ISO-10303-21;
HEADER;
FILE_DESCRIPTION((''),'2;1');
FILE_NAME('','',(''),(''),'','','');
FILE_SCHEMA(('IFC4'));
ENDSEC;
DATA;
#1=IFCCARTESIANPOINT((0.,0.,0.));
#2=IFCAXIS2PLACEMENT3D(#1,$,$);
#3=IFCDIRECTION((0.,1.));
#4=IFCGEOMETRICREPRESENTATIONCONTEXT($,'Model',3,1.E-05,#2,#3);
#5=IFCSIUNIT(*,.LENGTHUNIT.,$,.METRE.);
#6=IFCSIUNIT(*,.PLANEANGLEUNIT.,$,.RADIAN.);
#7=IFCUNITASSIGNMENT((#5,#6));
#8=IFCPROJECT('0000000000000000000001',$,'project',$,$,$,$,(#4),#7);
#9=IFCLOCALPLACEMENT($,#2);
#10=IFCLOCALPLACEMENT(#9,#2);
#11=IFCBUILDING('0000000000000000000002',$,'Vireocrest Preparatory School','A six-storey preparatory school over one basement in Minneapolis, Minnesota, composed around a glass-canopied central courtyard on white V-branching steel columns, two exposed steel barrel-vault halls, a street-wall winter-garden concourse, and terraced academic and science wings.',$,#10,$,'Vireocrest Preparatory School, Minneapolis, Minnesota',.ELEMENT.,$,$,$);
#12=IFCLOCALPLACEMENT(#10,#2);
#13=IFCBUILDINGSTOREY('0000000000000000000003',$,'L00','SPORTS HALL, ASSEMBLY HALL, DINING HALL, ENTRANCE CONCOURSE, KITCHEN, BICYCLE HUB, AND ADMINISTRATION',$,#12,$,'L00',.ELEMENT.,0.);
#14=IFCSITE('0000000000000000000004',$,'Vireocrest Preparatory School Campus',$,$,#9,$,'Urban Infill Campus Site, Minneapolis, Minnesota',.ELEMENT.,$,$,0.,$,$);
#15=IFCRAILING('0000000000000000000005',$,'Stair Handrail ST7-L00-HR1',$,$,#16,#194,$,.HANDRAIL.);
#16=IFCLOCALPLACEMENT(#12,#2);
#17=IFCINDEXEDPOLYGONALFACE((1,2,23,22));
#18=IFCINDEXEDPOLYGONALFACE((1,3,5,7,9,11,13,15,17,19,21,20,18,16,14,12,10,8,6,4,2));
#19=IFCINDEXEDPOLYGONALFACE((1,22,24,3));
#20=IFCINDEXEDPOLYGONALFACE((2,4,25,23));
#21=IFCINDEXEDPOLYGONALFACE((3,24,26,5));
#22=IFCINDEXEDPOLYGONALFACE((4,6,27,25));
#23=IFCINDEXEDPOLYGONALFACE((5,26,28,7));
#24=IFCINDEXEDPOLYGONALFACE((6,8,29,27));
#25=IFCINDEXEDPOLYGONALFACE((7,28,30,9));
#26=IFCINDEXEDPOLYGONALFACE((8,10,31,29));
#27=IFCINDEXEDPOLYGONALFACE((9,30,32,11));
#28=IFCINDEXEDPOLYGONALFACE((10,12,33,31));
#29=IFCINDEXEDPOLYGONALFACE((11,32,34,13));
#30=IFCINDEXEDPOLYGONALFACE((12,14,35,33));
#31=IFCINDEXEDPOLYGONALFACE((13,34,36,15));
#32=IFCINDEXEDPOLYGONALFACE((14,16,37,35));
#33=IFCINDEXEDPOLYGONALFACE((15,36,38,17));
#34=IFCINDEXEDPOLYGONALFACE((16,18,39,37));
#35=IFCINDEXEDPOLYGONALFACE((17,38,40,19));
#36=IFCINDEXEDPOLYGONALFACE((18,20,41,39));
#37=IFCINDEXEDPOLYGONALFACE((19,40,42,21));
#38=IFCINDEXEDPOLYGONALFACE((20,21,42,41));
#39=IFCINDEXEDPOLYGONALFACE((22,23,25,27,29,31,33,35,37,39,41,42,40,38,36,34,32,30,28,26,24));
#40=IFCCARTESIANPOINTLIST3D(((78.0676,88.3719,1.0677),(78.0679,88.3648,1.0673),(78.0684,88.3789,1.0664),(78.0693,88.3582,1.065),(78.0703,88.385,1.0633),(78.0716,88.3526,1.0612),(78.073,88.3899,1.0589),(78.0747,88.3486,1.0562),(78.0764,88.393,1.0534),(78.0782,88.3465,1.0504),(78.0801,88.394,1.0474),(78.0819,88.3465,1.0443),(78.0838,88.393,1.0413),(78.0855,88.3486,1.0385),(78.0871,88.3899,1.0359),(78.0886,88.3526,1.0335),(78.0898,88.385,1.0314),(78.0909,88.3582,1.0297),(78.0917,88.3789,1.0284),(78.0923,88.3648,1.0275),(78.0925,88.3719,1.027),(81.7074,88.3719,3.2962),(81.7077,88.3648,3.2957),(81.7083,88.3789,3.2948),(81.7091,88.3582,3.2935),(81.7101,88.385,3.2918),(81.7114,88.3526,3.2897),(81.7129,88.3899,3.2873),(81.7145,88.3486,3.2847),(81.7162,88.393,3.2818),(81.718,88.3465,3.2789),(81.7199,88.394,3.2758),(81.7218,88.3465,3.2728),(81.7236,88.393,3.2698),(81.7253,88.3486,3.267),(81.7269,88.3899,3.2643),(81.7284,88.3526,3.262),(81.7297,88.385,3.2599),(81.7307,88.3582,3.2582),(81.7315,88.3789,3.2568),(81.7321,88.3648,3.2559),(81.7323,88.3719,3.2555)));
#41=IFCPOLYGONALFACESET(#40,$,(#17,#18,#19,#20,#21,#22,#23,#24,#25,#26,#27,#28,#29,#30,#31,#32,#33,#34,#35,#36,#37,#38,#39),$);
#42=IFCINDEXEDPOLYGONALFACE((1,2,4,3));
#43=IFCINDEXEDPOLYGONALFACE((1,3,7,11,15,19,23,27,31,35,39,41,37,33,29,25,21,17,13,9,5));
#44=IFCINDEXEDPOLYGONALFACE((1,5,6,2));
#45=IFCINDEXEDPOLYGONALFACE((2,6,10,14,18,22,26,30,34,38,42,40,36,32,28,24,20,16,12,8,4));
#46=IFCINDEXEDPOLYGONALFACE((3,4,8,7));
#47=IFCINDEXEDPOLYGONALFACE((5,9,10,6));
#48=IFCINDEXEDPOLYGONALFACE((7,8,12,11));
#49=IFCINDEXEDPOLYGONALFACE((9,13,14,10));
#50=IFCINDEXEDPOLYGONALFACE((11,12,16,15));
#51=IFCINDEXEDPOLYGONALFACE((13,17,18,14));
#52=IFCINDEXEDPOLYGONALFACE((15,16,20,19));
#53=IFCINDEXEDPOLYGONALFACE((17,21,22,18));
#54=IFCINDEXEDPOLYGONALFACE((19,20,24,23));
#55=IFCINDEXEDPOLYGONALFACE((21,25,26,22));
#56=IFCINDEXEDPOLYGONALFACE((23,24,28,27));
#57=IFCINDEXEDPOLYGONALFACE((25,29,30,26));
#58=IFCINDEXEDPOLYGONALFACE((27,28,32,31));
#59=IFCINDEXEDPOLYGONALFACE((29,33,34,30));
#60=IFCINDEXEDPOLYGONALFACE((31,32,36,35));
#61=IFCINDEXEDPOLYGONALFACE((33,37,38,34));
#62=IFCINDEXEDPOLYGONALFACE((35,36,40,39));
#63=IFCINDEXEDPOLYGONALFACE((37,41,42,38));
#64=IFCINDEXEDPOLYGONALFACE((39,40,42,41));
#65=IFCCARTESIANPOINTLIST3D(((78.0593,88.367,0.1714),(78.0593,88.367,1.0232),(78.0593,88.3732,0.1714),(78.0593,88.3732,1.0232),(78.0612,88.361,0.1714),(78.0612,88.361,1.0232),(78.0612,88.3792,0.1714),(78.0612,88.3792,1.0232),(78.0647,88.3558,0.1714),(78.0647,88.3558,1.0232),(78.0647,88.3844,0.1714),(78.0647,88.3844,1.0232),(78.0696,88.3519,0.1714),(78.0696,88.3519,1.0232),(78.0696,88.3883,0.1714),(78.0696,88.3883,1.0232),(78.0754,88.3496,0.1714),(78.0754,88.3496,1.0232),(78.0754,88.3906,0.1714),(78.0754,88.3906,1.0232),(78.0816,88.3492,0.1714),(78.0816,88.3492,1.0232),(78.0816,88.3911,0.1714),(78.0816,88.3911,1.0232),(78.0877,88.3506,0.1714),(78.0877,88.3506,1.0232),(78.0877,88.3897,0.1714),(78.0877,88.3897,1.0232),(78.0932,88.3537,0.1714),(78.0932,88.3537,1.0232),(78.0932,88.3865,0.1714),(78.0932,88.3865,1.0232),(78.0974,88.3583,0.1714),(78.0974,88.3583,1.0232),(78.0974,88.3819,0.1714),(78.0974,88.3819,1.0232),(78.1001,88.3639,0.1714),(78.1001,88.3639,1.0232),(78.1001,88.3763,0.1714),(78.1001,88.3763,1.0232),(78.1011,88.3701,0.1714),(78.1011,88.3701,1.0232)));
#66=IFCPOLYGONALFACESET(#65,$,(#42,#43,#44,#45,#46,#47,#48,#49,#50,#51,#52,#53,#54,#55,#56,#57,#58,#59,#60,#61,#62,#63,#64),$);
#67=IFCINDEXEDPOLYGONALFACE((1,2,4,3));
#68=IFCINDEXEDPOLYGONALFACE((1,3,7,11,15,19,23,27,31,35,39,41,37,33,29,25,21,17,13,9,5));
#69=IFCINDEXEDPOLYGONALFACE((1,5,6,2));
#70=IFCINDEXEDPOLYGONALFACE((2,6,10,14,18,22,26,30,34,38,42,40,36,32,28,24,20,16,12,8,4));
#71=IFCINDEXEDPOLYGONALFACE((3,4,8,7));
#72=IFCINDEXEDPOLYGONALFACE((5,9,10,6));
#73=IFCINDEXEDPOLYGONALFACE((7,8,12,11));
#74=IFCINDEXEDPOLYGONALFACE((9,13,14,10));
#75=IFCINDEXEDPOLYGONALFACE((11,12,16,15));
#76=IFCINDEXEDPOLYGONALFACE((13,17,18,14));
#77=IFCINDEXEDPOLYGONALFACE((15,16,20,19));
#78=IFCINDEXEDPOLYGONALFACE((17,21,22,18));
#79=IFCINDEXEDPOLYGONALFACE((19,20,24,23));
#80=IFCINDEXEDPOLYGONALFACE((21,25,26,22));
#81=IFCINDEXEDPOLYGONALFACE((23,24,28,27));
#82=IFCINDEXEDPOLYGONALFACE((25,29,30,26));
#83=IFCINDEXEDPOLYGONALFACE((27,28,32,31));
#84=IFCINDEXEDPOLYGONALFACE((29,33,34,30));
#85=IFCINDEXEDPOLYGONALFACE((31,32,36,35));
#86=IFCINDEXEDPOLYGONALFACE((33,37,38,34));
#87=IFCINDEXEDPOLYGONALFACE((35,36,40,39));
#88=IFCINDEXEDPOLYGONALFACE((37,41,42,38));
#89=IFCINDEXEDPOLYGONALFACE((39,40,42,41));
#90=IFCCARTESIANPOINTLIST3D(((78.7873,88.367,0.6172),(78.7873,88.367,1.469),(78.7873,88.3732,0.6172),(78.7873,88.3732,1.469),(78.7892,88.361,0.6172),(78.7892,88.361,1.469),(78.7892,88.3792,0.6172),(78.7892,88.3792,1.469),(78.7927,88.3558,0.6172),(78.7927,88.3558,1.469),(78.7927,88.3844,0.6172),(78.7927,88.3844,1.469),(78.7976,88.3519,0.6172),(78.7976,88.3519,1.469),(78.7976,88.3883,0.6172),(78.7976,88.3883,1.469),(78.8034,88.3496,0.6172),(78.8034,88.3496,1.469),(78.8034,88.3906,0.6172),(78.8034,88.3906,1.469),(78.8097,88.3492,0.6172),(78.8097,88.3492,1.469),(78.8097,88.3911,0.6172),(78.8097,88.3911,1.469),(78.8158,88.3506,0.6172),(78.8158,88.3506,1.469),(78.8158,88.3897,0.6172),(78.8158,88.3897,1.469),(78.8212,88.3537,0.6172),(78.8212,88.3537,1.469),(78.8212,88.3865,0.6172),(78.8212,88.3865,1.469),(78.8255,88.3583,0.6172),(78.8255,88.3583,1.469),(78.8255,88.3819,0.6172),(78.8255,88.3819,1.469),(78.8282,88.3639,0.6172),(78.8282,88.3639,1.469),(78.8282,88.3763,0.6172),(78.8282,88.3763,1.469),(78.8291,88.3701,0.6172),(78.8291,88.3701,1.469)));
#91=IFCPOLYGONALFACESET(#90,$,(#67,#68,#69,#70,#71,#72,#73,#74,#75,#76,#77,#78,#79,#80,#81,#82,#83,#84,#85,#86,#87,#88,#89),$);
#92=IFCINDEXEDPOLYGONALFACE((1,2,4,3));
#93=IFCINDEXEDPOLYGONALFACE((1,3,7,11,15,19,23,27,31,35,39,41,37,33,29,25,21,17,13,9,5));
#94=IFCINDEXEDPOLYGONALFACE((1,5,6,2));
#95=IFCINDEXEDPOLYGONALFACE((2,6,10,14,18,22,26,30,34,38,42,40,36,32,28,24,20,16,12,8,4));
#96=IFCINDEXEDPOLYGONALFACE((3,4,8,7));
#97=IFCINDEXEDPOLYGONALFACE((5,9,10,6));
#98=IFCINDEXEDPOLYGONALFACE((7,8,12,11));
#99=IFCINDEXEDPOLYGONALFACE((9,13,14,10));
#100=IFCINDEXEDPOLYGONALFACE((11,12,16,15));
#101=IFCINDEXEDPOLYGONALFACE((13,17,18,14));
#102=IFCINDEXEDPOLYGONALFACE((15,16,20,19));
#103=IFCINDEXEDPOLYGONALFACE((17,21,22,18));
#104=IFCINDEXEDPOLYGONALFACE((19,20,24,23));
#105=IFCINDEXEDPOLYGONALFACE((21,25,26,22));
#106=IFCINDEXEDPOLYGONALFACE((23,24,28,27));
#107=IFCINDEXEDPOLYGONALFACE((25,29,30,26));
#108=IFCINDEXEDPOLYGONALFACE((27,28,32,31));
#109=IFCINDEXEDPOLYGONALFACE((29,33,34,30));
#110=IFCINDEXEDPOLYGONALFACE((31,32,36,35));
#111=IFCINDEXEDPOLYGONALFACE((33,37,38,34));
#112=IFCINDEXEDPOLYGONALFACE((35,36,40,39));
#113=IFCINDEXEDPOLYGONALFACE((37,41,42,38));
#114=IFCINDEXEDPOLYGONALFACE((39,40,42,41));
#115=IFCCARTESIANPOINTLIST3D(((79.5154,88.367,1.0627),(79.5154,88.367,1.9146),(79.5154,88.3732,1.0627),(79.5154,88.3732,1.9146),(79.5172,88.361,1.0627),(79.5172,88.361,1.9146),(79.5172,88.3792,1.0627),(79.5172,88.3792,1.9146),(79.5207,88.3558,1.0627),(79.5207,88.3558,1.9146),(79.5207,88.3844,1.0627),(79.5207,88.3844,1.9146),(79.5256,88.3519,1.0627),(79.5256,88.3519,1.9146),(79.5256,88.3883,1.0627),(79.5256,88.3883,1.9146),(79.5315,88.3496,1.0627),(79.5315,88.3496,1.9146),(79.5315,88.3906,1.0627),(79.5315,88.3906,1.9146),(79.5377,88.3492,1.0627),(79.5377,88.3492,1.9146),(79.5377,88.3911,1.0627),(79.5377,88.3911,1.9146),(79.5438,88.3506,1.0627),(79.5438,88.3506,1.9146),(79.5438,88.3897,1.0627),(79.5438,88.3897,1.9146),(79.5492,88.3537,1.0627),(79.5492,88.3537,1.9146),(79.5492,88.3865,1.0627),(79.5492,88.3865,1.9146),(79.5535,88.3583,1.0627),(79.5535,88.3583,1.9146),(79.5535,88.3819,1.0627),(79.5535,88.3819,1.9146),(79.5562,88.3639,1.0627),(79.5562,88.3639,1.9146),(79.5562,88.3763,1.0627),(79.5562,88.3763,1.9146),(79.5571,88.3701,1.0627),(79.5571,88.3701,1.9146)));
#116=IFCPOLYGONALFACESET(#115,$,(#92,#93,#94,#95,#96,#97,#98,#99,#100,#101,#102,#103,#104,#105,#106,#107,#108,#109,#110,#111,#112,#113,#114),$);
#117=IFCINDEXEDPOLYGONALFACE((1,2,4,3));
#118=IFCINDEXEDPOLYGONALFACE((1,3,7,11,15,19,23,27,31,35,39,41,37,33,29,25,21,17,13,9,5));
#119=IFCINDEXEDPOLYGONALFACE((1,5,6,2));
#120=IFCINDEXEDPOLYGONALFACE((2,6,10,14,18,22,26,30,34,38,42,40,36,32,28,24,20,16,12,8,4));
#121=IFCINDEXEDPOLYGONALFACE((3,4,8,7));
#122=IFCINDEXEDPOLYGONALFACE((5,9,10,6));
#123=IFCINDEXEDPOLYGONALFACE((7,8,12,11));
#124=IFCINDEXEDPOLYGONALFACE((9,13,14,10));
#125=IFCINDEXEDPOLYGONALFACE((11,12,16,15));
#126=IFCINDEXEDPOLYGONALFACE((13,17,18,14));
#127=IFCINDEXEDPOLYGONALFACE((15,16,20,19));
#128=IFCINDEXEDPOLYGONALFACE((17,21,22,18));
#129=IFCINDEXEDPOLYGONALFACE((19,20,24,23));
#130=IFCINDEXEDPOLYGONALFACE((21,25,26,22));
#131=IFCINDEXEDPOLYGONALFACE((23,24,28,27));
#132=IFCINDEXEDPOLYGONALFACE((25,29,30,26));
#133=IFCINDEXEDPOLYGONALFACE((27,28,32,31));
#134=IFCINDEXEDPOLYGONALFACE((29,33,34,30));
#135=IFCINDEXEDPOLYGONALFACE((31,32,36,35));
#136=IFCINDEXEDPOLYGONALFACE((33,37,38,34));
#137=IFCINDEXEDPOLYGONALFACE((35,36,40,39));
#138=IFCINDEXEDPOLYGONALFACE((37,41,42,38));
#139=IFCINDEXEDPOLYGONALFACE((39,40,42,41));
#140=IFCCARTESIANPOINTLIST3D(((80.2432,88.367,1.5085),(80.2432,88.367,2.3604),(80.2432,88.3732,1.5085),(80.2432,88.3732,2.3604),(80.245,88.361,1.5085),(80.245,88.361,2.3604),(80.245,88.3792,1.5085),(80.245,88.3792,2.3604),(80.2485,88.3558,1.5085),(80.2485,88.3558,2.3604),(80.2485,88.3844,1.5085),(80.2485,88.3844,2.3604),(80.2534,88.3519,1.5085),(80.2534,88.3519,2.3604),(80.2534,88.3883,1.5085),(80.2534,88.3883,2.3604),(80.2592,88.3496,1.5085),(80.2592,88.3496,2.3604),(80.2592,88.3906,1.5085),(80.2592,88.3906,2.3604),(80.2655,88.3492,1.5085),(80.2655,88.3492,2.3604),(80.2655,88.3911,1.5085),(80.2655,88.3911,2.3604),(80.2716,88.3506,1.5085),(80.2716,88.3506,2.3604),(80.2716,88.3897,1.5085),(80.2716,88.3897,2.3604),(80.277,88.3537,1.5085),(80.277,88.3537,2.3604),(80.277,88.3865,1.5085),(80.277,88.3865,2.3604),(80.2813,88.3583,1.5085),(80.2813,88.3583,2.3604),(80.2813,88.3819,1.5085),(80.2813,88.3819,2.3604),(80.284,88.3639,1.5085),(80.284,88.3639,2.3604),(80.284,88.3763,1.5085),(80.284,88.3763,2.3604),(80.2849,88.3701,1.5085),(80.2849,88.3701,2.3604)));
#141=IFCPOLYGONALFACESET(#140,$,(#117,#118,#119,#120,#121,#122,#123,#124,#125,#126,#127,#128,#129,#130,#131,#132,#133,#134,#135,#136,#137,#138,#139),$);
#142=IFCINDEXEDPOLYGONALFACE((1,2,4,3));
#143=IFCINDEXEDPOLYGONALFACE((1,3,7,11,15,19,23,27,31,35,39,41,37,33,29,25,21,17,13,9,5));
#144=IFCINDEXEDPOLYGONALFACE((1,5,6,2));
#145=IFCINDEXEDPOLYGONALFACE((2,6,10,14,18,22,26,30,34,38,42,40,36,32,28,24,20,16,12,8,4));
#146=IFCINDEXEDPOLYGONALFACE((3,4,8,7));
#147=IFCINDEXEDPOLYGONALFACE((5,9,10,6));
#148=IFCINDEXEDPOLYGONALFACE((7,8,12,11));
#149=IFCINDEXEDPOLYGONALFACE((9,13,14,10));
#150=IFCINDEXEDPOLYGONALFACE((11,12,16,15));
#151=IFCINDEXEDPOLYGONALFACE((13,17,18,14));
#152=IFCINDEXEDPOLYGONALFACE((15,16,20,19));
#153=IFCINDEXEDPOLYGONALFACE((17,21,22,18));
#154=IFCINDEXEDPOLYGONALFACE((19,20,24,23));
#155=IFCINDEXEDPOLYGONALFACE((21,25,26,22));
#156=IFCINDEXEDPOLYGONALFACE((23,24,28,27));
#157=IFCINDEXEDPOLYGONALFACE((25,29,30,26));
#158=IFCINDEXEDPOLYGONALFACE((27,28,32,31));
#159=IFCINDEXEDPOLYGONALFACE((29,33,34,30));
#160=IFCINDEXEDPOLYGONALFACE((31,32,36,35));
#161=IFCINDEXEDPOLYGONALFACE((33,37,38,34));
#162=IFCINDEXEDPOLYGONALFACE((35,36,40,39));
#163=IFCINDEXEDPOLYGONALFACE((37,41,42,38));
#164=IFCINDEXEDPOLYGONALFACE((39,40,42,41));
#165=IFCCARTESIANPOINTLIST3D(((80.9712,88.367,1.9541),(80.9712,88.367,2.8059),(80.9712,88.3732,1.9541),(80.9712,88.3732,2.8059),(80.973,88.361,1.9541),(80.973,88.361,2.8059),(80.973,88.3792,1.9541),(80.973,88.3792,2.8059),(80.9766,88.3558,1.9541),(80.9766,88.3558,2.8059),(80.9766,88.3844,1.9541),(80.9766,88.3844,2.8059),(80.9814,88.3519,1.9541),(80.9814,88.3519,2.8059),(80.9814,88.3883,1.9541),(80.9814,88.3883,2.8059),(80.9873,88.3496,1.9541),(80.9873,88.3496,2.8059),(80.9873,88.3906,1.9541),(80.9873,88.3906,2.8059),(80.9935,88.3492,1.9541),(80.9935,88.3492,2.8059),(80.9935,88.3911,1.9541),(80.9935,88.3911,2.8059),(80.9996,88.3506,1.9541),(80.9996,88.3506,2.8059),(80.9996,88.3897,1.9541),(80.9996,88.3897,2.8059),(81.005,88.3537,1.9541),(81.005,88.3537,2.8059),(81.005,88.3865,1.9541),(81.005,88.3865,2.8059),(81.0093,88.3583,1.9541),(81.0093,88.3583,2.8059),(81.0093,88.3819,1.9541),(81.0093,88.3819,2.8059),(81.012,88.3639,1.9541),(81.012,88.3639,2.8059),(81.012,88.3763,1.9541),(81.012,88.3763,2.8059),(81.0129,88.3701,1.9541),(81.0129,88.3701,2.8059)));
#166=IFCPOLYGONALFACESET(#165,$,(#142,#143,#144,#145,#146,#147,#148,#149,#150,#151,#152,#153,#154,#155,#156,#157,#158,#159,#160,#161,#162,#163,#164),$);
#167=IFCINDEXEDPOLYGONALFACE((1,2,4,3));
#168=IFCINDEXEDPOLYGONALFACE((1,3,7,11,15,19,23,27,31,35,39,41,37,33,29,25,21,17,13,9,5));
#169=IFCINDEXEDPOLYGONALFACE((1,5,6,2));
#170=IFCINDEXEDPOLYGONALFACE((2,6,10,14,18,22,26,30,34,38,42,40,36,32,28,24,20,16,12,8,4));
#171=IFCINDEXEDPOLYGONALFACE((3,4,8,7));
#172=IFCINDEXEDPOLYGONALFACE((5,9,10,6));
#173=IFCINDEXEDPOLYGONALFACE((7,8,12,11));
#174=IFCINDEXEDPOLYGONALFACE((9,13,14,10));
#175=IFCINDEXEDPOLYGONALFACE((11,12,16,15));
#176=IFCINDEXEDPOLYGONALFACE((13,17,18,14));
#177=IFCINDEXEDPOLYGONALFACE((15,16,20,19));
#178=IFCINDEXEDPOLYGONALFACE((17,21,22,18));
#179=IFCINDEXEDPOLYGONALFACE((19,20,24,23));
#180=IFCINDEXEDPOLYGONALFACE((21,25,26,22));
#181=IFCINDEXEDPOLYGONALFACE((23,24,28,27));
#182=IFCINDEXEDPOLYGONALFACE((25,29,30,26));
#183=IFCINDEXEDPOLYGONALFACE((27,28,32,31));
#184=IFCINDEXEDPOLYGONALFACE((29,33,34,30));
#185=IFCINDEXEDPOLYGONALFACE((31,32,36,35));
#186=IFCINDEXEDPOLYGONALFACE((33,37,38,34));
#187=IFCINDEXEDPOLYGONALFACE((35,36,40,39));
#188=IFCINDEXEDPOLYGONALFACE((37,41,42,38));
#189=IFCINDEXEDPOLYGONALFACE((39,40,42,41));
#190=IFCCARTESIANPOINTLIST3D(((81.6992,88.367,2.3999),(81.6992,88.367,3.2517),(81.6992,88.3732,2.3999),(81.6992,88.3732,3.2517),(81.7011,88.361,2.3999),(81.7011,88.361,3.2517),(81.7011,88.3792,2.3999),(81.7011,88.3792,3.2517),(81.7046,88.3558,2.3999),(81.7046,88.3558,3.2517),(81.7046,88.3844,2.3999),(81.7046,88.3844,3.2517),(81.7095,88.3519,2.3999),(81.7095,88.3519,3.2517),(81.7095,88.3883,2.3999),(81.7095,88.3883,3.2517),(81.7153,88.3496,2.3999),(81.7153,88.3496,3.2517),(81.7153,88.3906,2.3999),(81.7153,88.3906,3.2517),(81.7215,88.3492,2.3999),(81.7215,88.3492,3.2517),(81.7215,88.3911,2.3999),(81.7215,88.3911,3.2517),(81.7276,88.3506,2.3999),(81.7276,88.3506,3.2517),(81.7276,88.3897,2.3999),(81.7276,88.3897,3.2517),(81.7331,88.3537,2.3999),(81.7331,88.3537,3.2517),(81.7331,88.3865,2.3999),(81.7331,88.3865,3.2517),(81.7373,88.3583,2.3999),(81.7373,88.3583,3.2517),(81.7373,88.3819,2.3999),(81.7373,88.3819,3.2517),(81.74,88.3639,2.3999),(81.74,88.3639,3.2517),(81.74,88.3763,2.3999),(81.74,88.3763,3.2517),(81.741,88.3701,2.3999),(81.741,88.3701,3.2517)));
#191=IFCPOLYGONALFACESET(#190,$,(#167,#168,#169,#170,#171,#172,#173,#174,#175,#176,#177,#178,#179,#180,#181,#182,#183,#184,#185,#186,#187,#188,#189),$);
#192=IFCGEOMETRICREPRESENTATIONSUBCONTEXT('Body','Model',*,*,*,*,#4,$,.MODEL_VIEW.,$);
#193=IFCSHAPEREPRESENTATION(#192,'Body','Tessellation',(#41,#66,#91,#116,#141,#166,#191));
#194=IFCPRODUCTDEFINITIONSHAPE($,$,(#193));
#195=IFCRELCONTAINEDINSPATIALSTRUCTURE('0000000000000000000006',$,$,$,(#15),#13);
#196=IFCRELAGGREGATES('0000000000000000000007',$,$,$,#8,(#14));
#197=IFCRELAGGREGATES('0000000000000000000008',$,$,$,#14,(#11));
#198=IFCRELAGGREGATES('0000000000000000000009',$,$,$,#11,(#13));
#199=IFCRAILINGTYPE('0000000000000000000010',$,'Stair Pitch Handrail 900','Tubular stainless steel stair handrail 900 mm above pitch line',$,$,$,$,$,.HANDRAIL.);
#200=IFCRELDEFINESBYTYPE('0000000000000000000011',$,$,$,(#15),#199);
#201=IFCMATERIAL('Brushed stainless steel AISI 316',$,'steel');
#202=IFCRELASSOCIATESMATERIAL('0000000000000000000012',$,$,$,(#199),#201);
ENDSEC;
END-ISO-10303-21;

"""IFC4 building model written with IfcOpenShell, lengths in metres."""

from ifc_helpers import new_model, si_unit, direction, frame, origin, origin_2d, place, context, subcontext, project, spatial, circle, extrude, material, type_object, element, save


model = new_model("IFC4")

# Units and contexts
model_context = context("Model", 3, precision=1e-05, world=origin(), true_north=direction((0.0, 1.0)))
body_context = subcontext(model_context, "Body", "Model", "MODEL_VIEW")
ifc_project = project(units=[si_unit("LENGTHUNIT", "METRE"), si_unit("PLANEANGLEUNIT", "RADIAN")], contexts=[model_context])

# Site, building, storey
site_placement = place(None, origin())
site = spatial("IfcSite", under=ifc_project, at=site_placement, Name="Vireocrest Preparatory School Campus", LongName="Urban Infill Campus Site, Minneapolis, Minnesota", CompositionType="ELEMENT", RefElevation=0.0)
building_placement = place(site_placement, origin())
building = spatial("IfcBuilding", under=site, at=building_placement, Name="Vireocrest Preparatory School", Description="A six-storey preparatory school over one basement in Minneapolis, Minnesota, composed around a glass-canopied central courtyard on white V-branching steel columns, two exposed steel barrel-vault halls, a street-wall winter-garden concourse, and terraced academic and science wings.", LongName="Vireocrest Preparatory School, Minneapolis, Minnesota", CompositionType="ELEMENT")
storey_placement = place(building_placement, origin())
storey = spatial("IfcBuildingStorey", under=building, at=storey_placement, Name="L00", Description="SPORTS HALL, ASSEMBLY HALL, DINING HALL, ENTRANCE CONCOURSE, KITCHEN, BICYCLE HUB, AND ADMINISTRATION", LongName="L00", CompositionType="ELEMENT", Elevation=0.0)

# Railing
ifc_material_1 = material(Name="Brushed stainless steel AISI 316", Category="steel")
railing_type_1 = type_object("IfcRailingType", Name="Stair Pitch Handrail 900", Description="Tubular stainless steel stair handrail 900 mm above pitch line", PredefinedType="HANDRAIL", material=ifc_material_1)
railing_1_placement = place(storey_placement, frame((78.0801, 88.3701, 0.1714)))
element("IfcRailing", 1, at=railing_1_placement, inside=storey, type_object=railing_type_1, Name="Stair Handrail ST7-L00-HR1", PredefinedType="HANDRAIL", context=body_context, shape_type="SweptSolid", body=[
    extrude(circle(Radius=0.0239, at=origin_2d()), frame((0.0, 0.0, 0.876), z_axis=(0.85285, 0.0, 0.522156), x_axis=(0.0, 1.0, 0.0)), (0.0, 0.0, 1.0), 4.2678),
    extrude(circle(Radius=0.021, at=origin_2d()), origin(), (0.0, 0.0, 1.0), 0.8518),
    extrude(circle(Radius=0.021, at=origin_2d()), frame((0.728, 0.0, 0.4458)), (0.0, 0.0, 1.0), 0.8518),
    extrude(circle(Radius=0.021, at=origin_2d()), frame((1.4561, 0.0, 0.8914)), (0.0, 0.0, 1.0), 0.8518),
    extrude(circle(Radius=0.021, at=origin_2d()), frame((2.1838, 0.0, 1.3372)), (0.0, 0.0, 1.0), 0.8518),
    extrude(circle(Radius=0.021, at=origin_2d()), frame((2.9119, 0.0, 1.7827)), (0.0, 0.0, 1.0), 0.8518),
    extrude(circle(Radius=0.021, at=origin_2d()), frame((3.6399, 0.0, 2.2285)), (0.0, 0.0, 1.0), 0.8518),
])

save(model, "model.ifc")
